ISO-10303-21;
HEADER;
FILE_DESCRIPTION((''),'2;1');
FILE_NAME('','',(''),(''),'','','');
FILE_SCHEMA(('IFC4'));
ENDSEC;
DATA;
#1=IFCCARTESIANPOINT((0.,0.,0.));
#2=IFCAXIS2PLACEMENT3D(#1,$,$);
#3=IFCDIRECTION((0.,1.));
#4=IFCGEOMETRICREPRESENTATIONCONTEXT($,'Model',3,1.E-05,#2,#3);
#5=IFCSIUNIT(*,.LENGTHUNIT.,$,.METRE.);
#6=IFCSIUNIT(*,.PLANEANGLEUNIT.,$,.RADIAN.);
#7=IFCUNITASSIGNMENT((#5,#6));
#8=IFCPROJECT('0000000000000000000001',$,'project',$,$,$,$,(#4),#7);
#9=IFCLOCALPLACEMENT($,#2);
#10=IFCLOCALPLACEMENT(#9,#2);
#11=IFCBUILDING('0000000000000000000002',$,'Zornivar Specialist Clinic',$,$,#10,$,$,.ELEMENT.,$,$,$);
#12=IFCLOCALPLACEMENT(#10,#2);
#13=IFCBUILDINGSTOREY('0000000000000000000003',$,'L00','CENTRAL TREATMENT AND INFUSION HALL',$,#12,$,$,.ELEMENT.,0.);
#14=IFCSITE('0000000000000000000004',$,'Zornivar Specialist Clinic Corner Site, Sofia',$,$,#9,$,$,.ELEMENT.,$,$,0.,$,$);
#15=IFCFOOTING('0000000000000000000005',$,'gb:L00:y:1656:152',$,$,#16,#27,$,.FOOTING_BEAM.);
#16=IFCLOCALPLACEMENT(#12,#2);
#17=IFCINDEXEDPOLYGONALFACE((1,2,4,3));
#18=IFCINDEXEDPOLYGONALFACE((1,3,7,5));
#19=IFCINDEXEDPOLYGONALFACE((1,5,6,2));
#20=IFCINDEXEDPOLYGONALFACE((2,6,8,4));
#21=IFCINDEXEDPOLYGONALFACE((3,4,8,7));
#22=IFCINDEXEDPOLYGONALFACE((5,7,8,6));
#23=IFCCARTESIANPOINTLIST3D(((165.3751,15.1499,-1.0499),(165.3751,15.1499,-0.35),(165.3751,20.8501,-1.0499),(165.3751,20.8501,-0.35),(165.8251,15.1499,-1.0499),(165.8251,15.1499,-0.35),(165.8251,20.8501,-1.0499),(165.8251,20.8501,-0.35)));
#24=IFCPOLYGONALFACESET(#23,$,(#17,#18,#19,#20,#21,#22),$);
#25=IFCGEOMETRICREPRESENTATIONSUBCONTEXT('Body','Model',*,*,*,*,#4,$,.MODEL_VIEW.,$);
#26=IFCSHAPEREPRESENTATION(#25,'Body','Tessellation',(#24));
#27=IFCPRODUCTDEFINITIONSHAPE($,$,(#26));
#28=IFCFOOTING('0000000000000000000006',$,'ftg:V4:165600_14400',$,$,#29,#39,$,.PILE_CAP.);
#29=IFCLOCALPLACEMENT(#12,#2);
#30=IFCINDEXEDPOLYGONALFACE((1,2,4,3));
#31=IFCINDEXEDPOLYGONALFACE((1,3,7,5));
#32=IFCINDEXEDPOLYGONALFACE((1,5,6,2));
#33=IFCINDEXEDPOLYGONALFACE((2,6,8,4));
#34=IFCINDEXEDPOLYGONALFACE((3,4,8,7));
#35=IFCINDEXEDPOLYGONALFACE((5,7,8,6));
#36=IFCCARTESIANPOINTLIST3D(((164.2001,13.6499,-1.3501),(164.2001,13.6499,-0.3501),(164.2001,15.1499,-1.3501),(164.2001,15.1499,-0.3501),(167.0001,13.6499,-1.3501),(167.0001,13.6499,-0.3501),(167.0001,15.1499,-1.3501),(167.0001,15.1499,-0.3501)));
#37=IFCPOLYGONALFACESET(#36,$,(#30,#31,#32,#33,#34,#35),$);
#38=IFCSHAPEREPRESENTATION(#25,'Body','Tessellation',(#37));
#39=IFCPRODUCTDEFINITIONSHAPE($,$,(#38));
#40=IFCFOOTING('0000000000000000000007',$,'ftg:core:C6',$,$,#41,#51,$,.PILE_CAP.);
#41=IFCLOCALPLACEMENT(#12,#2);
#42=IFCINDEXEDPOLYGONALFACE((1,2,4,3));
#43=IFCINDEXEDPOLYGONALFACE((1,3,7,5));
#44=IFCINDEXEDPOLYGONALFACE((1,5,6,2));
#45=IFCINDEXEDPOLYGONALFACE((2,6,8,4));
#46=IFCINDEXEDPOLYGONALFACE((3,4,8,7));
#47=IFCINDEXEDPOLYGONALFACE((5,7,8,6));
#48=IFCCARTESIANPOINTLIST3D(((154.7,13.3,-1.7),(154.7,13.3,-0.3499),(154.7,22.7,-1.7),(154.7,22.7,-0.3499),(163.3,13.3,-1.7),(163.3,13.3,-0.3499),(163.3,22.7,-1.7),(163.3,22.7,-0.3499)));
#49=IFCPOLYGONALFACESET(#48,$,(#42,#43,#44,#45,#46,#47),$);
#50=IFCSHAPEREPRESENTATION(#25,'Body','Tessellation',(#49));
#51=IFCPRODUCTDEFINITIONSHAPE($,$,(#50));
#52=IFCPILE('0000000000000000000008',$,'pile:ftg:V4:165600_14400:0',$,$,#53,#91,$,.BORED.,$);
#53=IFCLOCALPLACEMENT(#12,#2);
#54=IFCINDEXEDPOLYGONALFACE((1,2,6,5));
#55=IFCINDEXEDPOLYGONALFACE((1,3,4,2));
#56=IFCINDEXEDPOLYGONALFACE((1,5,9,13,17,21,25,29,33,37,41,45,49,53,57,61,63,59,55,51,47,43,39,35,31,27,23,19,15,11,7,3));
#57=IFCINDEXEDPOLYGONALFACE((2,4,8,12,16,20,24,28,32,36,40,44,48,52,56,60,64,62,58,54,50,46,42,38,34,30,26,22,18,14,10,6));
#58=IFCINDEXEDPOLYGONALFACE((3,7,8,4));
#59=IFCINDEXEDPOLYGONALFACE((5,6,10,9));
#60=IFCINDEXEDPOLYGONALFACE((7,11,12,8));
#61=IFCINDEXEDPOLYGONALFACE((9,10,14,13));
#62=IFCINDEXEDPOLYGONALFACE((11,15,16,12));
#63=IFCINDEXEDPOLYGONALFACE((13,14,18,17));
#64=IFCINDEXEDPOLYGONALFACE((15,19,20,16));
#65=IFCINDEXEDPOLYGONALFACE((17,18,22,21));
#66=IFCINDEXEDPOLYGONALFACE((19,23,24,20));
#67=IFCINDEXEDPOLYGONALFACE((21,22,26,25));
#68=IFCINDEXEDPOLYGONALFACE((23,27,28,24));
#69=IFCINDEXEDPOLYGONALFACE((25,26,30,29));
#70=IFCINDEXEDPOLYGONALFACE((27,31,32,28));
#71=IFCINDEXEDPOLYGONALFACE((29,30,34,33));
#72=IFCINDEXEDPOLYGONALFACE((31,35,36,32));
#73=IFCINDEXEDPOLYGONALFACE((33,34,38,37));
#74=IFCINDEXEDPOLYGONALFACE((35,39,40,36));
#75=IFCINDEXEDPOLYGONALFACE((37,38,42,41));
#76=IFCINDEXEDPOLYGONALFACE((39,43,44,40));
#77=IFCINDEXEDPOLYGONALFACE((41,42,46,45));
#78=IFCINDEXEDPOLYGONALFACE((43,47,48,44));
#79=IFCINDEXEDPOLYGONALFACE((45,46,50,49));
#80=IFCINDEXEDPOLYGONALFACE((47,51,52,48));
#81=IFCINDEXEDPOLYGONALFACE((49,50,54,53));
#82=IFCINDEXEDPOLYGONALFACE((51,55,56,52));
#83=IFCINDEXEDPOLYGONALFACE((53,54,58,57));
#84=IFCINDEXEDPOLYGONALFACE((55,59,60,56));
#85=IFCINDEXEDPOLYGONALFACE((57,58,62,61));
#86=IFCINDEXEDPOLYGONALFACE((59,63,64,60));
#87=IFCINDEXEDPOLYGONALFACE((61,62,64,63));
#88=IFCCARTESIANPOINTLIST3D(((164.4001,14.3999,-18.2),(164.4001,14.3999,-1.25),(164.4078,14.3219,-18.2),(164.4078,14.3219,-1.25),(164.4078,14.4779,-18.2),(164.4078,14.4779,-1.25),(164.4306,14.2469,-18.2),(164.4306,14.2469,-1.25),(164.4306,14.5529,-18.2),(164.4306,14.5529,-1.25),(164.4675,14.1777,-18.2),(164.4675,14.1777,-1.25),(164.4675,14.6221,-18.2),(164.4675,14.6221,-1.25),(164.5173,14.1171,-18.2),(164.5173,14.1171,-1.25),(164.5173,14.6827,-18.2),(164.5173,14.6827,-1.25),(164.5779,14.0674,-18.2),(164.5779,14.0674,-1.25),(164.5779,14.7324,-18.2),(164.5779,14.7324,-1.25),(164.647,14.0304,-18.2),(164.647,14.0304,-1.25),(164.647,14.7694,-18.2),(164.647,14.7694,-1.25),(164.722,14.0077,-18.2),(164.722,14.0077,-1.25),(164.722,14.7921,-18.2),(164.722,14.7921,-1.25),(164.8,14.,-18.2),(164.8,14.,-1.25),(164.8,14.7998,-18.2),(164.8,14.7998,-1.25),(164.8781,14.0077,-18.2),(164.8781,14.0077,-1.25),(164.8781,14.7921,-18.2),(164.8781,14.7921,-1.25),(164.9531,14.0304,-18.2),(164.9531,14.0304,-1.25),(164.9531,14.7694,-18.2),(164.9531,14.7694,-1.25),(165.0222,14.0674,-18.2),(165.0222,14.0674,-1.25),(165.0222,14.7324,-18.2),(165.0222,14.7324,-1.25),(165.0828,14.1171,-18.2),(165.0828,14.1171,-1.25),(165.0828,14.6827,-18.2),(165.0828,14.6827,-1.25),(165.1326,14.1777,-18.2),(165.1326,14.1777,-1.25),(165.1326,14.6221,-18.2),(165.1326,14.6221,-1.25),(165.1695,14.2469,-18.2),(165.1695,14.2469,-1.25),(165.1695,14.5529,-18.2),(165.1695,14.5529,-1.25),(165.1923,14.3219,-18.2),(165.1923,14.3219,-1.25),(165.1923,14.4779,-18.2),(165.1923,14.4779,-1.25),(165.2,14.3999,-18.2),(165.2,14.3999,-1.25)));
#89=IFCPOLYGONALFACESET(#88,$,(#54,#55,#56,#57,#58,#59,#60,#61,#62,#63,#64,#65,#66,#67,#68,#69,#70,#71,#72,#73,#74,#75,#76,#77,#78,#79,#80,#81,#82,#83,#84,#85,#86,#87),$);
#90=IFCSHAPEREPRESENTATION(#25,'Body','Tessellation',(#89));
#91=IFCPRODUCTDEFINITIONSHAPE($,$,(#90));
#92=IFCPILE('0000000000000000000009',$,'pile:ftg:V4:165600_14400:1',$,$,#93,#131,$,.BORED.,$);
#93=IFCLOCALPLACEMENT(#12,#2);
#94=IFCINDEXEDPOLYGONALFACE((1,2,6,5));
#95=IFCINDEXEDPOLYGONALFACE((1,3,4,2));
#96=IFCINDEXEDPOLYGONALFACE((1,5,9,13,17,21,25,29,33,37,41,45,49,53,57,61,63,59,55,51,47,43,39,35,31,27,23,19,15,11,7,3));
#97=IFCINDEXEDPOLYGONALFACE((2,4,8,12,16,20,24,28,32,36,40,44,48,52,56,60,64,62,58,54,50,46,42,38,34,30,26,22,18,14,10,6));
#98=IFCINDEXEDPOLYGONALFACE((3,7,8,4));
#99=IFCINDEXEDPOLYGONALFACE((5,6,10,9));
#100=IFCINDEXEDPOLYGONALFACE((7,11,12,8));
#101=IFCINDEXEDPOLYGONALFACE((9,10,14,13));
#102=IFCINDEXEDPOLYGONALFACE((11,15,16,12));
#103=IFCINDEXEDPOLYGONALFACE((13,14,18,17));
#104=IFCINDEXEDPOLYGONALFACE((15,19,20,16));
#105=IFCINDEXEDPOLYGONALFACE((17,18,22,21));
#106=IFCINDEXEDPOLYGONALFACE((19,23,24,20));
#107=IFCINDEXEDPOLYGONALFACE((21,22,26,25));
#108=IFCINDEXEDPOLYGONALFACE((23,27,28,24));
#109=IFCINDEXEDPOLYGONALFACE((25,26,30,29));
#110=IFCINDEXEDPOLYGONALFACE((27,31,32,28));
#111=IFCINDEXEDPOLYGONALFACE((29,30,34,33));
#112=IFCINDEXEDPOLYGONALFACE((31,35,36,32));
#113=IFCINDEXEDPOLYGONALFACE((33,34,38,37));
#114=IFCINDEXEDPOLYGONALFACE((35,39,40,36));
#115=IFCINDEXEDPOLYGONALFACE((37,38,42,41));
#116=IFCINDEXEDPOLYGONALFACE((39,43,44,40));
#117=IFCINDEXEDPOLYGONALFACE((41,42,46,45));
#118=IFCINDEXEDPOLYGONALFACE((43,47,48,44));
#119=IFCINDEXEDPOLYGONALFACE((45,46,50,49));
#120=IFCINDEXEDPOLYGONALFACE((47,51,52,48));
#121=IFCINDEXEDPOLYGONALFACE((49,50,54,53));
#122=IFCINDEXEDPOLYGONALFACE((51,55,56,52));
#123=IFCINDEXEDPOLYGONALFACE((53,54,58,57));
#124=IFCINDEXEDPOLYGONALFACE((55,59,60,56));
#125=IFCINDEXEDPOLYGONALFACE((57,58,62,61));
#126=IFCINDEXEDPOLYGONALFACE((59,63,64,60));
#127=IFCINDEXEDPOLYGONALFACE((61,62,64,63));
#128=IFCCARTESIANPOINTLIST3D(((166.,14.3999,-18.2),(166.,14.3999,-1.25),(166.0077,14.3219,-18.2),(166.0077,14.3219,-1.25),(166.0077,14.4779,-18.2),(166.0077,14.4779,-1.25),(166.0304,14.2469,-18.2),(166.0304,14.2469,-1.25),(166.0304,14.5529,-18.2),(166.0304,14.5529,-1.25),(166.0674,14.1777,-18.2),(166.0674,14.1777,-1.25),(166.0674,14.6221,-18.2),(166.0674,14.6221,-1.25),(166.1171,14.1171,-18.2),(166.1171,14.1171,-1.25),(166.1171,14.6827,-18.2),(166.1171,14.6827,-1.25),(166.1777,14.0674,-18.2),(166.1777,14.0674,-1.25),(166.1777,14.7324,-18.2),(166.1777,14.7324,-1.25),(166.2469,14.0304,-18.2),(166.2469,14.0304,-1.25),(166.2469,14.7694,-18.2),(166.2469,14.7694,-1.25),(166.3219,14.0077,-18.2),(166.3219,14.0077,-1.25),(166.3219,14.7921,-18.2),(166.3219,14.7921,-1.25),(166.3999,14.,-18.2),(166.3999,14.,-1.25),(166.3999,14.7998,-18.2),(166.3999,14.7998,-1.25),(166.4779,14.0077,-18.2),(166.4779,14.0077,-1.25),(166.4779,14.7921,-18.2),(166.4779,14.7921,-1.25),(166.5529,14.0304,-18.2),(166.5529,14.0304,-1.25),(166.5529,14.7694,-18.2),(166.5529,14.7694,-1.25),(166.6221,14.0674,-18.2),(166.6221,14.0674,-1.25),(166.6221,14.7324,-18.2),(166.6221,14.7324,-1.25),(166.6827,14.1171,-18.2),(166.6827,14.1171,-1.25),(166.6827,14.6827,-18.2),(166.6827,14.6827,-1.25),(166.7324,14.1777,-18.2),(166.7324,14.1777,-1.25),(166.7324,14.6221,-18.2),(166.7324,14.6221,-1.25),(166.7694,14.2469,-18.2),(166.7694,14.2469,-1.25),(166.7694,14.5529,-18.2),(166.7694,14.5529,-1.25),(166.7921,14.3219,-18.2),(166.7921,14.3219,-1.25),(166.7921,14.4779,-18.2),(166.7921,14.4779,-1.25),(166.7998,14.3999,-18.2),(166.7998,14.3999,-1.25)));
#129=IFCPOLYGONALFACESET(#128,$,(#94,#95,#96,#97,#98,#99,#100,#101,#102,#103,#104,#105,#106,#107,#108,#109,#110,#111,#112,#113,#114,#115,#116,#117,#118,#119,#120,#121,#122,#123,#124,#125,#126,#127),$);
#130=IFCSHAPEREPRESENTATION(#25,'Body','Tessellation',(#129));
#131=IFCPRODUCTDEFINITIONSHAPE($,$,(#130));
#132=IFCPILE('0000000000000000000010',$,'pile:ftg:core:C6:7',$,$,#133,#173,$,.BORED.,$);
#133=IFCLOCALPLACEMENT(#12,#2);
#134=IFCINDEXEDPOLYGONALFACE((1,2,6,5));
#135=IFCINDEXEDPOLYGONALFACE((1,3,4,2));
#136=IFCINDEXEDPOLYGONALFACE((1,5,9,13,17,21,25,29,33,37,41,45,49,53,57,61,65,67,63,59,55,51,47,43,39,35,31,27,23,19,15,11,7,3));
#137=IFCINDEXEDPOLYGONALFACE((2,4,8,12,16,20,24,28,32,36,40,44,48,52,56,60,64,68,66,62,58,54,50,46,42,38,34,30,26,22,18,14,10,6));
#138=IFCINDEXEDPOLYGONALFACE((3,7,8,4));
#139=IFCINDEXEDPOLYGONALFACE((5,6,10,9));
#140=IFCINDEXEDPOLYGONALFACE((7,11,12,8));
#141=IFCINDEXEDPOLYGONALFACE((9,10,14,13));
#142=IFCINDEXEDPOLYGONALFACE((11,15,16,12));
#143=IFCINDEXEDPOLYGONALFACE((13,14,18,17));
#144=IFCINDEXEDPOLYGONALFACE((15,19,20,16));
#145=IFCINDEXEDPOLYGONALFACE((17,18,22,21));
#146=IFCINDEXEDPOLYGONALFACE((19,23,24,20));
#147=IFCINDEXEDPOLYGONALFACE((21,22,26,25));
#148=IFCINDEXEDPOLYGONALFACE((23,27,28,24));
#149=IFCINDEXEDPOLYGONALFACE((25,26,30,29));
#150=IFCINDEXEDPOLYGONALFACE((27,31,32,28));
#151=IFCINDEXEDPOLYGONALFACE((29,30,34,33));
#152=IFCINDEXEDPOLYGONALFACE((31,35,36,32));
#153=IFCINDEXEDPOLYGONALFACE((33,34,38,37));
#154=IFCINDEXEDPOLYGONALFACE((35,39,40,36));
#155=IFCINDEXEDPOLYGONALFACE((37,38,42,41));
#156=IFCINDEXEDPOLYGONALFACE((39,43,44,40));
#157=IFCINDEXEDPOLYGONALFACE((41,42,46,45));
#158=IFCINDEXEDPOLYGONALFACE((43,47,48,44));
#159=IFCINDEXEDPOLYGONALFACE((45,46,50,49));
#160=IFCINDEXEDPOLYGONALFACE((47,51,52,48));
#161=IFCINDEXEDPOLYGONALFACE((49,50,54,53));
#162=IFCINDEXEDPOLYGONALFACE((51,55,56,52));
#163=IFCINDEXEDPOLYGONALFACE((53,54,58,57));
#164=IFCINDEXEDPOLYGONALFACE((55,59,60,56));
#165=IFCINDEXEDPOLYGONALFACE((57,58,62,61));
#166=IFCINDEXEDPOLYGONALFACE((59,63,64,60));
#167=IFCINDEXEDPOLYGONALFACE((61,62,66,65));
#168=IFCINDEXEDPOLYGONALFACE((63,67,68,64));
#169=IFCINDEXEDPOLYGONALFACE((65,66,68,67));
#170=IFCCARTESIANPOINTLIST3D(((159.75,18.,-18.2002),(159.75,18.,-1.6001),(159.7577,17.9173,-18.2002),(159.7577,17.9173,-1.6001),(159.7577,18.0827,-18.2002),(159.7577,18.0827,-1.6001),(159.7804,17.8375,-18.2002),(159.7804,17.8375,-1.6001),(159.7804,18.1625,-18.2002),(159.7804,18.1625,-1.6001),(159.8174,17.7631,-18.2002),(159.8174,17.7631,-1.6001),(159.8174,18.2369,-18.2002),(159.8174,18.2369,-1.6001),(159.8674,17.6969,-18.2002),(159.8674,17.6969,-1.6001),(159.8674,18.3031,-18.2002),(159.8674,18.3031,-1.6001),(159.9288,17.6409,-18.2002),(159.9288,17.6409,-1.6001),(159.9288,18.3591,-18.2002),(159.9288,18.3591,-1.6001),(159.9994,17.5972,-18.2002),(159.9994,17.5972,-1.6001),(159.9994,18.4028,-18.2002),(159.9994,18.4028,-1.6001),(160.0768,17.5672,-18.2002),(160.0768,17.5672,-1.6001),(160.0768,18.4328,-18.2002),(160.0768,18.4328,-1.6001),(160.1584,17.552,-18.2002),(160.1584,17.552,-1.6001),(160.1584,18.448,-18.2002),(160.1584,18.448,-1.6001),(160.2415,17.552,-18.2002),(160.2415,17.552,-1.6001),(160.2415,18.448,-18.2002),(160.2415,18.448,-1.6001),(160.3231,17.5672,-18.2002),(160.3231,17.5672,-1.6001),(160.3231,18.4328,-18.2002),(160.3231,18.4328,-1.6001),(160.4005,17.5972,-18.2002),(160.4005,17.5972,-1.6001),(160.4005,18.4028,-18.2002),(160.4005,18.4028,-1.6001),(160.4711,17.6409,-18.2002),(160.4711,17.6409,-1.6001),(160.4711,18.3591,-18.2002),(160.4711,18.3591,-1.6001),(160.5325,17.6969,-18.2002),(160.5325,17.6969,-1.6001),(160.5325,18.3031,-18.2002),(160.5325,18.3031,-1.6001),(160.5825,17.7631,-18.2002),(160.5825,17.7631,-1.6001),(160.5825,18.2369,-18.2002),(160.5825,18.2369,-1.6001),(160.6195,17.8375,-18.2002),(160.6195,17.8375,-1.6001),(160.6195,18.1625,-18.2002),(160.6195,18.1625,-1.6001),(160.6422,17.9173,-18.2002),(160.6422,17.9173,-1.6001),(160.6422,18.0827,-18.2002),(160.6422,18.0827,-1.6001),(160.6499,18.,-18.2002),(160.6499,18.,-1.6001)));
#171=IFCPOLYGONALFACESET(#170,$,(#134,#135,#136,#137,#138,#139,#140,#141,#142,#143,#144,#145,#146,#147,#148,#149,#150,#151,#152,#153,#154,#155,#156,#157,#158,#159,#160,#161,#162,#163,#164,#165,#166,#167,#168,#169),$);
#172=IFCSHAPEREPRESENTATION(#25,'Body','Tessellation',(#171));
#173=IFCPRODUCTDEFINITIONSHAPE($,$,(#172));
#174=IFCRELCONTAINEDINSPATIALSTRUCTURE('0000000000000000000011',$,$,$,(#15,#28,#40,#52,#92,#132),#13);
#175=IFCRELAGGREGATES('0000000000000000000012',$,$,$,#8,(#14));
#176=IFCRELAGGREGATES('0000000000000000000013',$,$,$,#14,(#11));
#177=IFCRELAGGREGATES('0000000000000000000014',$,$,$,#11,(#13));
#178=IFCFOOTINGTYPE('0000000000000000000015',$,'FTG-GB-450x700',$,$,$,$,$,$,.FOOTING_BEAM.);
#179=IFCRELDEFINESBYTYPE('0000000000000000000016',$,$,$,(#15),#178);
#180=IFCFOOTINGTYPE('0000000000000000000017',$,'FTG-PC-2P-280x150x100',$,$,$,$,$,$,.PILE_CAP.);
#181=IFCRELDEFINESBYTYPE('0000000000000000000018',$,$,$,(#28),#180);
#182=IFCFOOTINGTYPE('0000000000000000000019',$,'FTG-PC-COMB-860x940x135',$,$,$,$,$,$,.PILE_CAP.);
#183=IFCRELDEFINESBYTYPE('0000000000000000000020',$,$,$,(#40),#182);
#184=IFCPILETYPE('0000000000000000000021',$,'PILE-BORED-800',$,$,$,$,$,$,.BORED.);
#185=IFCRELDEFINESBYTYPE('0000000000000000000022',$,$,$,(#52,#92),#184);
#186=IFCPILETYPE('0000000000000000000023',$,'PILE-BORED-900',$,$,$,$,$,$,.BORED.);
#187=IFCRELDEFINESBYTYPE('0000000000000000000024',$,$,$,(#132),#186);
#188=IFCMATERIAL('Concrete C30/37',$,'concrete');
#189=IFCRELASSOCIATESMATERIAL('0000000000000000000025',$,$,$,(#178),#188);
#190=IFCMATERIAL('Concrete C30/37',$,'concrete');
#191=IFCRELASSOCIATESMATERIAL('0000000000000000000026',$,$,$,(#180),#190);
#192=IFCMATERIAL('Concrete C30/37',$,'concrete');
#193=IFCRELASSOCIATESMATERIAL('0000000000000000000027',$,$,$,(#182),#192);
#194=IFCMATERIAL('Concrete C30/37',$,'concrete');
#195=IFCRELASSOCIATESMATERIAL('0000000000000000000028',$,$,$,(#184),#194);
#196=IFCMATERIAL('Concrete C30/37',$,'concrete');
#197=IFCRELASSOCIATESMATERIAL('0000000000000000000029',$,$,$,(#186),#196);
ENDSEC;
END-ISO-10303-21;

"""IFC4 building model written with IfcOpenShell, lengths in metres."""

from ifc_helpers import new_model, si_unit, direction, frame, origin, origin_2d, place, context, subcontext, project, spatial, rectangle, circle, extrude, material, material_profile, profile_set, type_object, element, save


model = new_model("IFC4")

# Units and contexts
model_context = context("Model", 3, precision=1e-05, world=origin(), true_north=direction((0.0, 1.0)))
body_context = subcontext(model_context, "Body", "Model", "MODEL_VIEW")
ifc_project = project(units=[si_unit("LENGTHUNIT", "METRE"), si_unit("PLANEANGLEUNIT", "RADIAN")], contexts=[model_context])

# Site, building, storey
site_placement = place(None, origin())
site = spatial("IfcSite", under=ifc_project, at=site_placement, Name="Zornivar Specialist Clinic Corner Site, Sofia", CompositionType="ELEMENT", RefElevation=0.0)
building_placement = place(site_placement, origin())
building = spatial("IfcBuilding", under=site, at=building_placement, Name="Zornivar Specialist Clinic", CompositionType="ELEMENT")
storey_placement = place(building_placement, origin())
storey = spatial("IfcBuildingStorey", under=building, at=storey_placement, Name="L00", Description="CENTRAL TREATMENT AND INFUSION HALL", CompositionType="ELEMENT", Elevation=0.0)

# Footings
ifc_material_1 = material(Name="Concrete C30/37", Category="concrete")
ifc_material_profile_1 = material_profile(ifc_material_1, rectangle(XDim=0.45, YDim=0.7, at=origin_2d()), Name="RC 450x700")
ifc_profile_set_1 = profile_set([ifc_material_profile_1], Name="Concrete C30/37")
footing_type_1 = type_object("IfcFootingType", Name="FTG-GB-450x700", PredefinedType="FOOTING_BEAM", material=ifc_profile_set_1)
footing_1_placement = place(storey_placement, frame((165.6001, 15.1499, -0.7), z_axis=(0.0, 1.0, 0.0), x_axis=(-1.0, 0.0, 0.0)))
element("IfcFooting", 1, at=footing_1_placement, inside=storey, type_object=footing_type_1, Name="gb:L00:y:1656:152", PredefinedType="FOOTING_BEAM", context=body_context, shape_type="SweptSolid", body=[
    extrude(rectangle(XDim=0.45, YDim=0.7, at=origin_2d()), origin(), (0.0, 0.0, 1.0), 5.7002),
])
ifc_material_2 = material(Name="Concrete C30/37", Category="concrete")
footing_type_2 = type_object("IfcFootingType", Name="FTG-PC-2P-280x150x100", PredefinedType="PILE_CAP", material=ifc_material_2)
footing_2_placement = place(storey_placement, frame((165.6001, 14.3999, -1.3501), z_axis=(0.0, 0.0, 1.0), x_axis=(1.0, 0.0, 0.0)))
element("IfcFooting", 2, at=footing_2_placement, inside=storey, type_object=footing_type_2, Name="ftg:V4:165600_14400", PredefinedType="PILE_CAP", context=body_context, shape_type="SweptSolid", body=[
    extrude(rectangle(XDim=2.8, YDim=1.5, at=origin_2d()), origin(), (0.0, 0.0, 1.0), 1.0),
])
ifc_material_3 = material(Name="Concrete C30/37", Category="concrete")
footing_type_3 = type_object("IfcFootingType", Name="FTG-PC-COMB-860x940x135", PredefinedType="PILE_CAP", material=ifc_material_3)
footing_3_placement = place(storey_placement, frame((159.0, 18.0, -1.7), z_axis=(0.0, 0.0, 1.0), x_axis=(1.0, 0.0, 0.0)))
element("IfcFooting", 3, at=footing_3_placement, inside=storey, type_object=footing_type_3, Name="ftg:core:C6", PredefinedType="PILE_CAP", context=body_context, shape_type="SweptSolid", body=[
    extrude(rectangle(XDim=8.6001, YDim=9.3999, at=origin_2d()), origin(), (0.0, 0.0, 1.0), 1.3501),
])

# Piles
ifc_material_4 = material(Name="Concrete C30/37", Category="concrete")
ifc_material_profile_2 = material_profile(ifc_material_4, circle(Radius=0.3999, at=origin_2d()), Name="PILE D800")
ifc_profile_set_2 = profile_set([ifc_material_profile_2], Name="Concrete C30/37")
pile_type_1 = type_object("IfcPileType", Name="PILE-BORED-800", PredefinedType="BORED", material=ifc_profile_set_2)
for number, where, z_axis, x_axis, name in (
    (4, (164.8, 14.3999, -1.25), (0.0, 0.0, -1.0), (1.0, 0.0, 0.0), "pile:ftg:V4:165600_14400:0"),
    (5, (166.3999, 14.3999, -1.25), (0.0, 0.0, -1.0), (1.0, 0.0, 0.0), "pile:ftg:V4:165600_14400:1"),
):
    element("IfcPile", number, at=place(storey_placement, frame(where, z_axis=z_axis, x_axis=x_axis)), inside=storey, type_object=pile_type_1, Name=name, PredefinedType="BORED", context=body_context, shape_type="SweptSolid", body=[
        extrude(circle(Radius=0.3999, at=origin_2d()), origin(), (0.0, 0.0, 1.0), 16.95),
    ])
ifc_material_5 = material(Name="Concrete C30/37", Category="concrete")
ifc_material_profile_3 = material_profile(ifc_material_5, circle(Radius=0.45, at=origin_2d()), Name="PILE D900")
ifc_profile_set_3 = profile_set([ifc_material_profile_3], Name="Concrete C30/37")
pile_type_2 = type_object("IfcPileType", Name="PILE-BORED-900", PredefinedType="BORED", material=ifc_profile_set_3)
for number, where, z_axis, x_axis, name in (
    (6, (160.2, 18.0, -1.6001), (0.0, 0.0, -1.0), (1.0, 0.0, 0.0), "pile:ftg:core:C6:7"),
):
    element("IfcPile", number, at=place(storey_placement, frame(where, z_axis=z_axis, x_axis=x_axis)), inside=storey, type_object=pile_type_2, Name=name, PredefinedType="BORED", context=body_context, shape_type="SweptSolid", body=[
        extrude(circle(Radius=0.45, at=origin_2d()), origin(), (0.0, 0.0, 1.0), 16.6001),
    ])

save(model, "model.ifc")
